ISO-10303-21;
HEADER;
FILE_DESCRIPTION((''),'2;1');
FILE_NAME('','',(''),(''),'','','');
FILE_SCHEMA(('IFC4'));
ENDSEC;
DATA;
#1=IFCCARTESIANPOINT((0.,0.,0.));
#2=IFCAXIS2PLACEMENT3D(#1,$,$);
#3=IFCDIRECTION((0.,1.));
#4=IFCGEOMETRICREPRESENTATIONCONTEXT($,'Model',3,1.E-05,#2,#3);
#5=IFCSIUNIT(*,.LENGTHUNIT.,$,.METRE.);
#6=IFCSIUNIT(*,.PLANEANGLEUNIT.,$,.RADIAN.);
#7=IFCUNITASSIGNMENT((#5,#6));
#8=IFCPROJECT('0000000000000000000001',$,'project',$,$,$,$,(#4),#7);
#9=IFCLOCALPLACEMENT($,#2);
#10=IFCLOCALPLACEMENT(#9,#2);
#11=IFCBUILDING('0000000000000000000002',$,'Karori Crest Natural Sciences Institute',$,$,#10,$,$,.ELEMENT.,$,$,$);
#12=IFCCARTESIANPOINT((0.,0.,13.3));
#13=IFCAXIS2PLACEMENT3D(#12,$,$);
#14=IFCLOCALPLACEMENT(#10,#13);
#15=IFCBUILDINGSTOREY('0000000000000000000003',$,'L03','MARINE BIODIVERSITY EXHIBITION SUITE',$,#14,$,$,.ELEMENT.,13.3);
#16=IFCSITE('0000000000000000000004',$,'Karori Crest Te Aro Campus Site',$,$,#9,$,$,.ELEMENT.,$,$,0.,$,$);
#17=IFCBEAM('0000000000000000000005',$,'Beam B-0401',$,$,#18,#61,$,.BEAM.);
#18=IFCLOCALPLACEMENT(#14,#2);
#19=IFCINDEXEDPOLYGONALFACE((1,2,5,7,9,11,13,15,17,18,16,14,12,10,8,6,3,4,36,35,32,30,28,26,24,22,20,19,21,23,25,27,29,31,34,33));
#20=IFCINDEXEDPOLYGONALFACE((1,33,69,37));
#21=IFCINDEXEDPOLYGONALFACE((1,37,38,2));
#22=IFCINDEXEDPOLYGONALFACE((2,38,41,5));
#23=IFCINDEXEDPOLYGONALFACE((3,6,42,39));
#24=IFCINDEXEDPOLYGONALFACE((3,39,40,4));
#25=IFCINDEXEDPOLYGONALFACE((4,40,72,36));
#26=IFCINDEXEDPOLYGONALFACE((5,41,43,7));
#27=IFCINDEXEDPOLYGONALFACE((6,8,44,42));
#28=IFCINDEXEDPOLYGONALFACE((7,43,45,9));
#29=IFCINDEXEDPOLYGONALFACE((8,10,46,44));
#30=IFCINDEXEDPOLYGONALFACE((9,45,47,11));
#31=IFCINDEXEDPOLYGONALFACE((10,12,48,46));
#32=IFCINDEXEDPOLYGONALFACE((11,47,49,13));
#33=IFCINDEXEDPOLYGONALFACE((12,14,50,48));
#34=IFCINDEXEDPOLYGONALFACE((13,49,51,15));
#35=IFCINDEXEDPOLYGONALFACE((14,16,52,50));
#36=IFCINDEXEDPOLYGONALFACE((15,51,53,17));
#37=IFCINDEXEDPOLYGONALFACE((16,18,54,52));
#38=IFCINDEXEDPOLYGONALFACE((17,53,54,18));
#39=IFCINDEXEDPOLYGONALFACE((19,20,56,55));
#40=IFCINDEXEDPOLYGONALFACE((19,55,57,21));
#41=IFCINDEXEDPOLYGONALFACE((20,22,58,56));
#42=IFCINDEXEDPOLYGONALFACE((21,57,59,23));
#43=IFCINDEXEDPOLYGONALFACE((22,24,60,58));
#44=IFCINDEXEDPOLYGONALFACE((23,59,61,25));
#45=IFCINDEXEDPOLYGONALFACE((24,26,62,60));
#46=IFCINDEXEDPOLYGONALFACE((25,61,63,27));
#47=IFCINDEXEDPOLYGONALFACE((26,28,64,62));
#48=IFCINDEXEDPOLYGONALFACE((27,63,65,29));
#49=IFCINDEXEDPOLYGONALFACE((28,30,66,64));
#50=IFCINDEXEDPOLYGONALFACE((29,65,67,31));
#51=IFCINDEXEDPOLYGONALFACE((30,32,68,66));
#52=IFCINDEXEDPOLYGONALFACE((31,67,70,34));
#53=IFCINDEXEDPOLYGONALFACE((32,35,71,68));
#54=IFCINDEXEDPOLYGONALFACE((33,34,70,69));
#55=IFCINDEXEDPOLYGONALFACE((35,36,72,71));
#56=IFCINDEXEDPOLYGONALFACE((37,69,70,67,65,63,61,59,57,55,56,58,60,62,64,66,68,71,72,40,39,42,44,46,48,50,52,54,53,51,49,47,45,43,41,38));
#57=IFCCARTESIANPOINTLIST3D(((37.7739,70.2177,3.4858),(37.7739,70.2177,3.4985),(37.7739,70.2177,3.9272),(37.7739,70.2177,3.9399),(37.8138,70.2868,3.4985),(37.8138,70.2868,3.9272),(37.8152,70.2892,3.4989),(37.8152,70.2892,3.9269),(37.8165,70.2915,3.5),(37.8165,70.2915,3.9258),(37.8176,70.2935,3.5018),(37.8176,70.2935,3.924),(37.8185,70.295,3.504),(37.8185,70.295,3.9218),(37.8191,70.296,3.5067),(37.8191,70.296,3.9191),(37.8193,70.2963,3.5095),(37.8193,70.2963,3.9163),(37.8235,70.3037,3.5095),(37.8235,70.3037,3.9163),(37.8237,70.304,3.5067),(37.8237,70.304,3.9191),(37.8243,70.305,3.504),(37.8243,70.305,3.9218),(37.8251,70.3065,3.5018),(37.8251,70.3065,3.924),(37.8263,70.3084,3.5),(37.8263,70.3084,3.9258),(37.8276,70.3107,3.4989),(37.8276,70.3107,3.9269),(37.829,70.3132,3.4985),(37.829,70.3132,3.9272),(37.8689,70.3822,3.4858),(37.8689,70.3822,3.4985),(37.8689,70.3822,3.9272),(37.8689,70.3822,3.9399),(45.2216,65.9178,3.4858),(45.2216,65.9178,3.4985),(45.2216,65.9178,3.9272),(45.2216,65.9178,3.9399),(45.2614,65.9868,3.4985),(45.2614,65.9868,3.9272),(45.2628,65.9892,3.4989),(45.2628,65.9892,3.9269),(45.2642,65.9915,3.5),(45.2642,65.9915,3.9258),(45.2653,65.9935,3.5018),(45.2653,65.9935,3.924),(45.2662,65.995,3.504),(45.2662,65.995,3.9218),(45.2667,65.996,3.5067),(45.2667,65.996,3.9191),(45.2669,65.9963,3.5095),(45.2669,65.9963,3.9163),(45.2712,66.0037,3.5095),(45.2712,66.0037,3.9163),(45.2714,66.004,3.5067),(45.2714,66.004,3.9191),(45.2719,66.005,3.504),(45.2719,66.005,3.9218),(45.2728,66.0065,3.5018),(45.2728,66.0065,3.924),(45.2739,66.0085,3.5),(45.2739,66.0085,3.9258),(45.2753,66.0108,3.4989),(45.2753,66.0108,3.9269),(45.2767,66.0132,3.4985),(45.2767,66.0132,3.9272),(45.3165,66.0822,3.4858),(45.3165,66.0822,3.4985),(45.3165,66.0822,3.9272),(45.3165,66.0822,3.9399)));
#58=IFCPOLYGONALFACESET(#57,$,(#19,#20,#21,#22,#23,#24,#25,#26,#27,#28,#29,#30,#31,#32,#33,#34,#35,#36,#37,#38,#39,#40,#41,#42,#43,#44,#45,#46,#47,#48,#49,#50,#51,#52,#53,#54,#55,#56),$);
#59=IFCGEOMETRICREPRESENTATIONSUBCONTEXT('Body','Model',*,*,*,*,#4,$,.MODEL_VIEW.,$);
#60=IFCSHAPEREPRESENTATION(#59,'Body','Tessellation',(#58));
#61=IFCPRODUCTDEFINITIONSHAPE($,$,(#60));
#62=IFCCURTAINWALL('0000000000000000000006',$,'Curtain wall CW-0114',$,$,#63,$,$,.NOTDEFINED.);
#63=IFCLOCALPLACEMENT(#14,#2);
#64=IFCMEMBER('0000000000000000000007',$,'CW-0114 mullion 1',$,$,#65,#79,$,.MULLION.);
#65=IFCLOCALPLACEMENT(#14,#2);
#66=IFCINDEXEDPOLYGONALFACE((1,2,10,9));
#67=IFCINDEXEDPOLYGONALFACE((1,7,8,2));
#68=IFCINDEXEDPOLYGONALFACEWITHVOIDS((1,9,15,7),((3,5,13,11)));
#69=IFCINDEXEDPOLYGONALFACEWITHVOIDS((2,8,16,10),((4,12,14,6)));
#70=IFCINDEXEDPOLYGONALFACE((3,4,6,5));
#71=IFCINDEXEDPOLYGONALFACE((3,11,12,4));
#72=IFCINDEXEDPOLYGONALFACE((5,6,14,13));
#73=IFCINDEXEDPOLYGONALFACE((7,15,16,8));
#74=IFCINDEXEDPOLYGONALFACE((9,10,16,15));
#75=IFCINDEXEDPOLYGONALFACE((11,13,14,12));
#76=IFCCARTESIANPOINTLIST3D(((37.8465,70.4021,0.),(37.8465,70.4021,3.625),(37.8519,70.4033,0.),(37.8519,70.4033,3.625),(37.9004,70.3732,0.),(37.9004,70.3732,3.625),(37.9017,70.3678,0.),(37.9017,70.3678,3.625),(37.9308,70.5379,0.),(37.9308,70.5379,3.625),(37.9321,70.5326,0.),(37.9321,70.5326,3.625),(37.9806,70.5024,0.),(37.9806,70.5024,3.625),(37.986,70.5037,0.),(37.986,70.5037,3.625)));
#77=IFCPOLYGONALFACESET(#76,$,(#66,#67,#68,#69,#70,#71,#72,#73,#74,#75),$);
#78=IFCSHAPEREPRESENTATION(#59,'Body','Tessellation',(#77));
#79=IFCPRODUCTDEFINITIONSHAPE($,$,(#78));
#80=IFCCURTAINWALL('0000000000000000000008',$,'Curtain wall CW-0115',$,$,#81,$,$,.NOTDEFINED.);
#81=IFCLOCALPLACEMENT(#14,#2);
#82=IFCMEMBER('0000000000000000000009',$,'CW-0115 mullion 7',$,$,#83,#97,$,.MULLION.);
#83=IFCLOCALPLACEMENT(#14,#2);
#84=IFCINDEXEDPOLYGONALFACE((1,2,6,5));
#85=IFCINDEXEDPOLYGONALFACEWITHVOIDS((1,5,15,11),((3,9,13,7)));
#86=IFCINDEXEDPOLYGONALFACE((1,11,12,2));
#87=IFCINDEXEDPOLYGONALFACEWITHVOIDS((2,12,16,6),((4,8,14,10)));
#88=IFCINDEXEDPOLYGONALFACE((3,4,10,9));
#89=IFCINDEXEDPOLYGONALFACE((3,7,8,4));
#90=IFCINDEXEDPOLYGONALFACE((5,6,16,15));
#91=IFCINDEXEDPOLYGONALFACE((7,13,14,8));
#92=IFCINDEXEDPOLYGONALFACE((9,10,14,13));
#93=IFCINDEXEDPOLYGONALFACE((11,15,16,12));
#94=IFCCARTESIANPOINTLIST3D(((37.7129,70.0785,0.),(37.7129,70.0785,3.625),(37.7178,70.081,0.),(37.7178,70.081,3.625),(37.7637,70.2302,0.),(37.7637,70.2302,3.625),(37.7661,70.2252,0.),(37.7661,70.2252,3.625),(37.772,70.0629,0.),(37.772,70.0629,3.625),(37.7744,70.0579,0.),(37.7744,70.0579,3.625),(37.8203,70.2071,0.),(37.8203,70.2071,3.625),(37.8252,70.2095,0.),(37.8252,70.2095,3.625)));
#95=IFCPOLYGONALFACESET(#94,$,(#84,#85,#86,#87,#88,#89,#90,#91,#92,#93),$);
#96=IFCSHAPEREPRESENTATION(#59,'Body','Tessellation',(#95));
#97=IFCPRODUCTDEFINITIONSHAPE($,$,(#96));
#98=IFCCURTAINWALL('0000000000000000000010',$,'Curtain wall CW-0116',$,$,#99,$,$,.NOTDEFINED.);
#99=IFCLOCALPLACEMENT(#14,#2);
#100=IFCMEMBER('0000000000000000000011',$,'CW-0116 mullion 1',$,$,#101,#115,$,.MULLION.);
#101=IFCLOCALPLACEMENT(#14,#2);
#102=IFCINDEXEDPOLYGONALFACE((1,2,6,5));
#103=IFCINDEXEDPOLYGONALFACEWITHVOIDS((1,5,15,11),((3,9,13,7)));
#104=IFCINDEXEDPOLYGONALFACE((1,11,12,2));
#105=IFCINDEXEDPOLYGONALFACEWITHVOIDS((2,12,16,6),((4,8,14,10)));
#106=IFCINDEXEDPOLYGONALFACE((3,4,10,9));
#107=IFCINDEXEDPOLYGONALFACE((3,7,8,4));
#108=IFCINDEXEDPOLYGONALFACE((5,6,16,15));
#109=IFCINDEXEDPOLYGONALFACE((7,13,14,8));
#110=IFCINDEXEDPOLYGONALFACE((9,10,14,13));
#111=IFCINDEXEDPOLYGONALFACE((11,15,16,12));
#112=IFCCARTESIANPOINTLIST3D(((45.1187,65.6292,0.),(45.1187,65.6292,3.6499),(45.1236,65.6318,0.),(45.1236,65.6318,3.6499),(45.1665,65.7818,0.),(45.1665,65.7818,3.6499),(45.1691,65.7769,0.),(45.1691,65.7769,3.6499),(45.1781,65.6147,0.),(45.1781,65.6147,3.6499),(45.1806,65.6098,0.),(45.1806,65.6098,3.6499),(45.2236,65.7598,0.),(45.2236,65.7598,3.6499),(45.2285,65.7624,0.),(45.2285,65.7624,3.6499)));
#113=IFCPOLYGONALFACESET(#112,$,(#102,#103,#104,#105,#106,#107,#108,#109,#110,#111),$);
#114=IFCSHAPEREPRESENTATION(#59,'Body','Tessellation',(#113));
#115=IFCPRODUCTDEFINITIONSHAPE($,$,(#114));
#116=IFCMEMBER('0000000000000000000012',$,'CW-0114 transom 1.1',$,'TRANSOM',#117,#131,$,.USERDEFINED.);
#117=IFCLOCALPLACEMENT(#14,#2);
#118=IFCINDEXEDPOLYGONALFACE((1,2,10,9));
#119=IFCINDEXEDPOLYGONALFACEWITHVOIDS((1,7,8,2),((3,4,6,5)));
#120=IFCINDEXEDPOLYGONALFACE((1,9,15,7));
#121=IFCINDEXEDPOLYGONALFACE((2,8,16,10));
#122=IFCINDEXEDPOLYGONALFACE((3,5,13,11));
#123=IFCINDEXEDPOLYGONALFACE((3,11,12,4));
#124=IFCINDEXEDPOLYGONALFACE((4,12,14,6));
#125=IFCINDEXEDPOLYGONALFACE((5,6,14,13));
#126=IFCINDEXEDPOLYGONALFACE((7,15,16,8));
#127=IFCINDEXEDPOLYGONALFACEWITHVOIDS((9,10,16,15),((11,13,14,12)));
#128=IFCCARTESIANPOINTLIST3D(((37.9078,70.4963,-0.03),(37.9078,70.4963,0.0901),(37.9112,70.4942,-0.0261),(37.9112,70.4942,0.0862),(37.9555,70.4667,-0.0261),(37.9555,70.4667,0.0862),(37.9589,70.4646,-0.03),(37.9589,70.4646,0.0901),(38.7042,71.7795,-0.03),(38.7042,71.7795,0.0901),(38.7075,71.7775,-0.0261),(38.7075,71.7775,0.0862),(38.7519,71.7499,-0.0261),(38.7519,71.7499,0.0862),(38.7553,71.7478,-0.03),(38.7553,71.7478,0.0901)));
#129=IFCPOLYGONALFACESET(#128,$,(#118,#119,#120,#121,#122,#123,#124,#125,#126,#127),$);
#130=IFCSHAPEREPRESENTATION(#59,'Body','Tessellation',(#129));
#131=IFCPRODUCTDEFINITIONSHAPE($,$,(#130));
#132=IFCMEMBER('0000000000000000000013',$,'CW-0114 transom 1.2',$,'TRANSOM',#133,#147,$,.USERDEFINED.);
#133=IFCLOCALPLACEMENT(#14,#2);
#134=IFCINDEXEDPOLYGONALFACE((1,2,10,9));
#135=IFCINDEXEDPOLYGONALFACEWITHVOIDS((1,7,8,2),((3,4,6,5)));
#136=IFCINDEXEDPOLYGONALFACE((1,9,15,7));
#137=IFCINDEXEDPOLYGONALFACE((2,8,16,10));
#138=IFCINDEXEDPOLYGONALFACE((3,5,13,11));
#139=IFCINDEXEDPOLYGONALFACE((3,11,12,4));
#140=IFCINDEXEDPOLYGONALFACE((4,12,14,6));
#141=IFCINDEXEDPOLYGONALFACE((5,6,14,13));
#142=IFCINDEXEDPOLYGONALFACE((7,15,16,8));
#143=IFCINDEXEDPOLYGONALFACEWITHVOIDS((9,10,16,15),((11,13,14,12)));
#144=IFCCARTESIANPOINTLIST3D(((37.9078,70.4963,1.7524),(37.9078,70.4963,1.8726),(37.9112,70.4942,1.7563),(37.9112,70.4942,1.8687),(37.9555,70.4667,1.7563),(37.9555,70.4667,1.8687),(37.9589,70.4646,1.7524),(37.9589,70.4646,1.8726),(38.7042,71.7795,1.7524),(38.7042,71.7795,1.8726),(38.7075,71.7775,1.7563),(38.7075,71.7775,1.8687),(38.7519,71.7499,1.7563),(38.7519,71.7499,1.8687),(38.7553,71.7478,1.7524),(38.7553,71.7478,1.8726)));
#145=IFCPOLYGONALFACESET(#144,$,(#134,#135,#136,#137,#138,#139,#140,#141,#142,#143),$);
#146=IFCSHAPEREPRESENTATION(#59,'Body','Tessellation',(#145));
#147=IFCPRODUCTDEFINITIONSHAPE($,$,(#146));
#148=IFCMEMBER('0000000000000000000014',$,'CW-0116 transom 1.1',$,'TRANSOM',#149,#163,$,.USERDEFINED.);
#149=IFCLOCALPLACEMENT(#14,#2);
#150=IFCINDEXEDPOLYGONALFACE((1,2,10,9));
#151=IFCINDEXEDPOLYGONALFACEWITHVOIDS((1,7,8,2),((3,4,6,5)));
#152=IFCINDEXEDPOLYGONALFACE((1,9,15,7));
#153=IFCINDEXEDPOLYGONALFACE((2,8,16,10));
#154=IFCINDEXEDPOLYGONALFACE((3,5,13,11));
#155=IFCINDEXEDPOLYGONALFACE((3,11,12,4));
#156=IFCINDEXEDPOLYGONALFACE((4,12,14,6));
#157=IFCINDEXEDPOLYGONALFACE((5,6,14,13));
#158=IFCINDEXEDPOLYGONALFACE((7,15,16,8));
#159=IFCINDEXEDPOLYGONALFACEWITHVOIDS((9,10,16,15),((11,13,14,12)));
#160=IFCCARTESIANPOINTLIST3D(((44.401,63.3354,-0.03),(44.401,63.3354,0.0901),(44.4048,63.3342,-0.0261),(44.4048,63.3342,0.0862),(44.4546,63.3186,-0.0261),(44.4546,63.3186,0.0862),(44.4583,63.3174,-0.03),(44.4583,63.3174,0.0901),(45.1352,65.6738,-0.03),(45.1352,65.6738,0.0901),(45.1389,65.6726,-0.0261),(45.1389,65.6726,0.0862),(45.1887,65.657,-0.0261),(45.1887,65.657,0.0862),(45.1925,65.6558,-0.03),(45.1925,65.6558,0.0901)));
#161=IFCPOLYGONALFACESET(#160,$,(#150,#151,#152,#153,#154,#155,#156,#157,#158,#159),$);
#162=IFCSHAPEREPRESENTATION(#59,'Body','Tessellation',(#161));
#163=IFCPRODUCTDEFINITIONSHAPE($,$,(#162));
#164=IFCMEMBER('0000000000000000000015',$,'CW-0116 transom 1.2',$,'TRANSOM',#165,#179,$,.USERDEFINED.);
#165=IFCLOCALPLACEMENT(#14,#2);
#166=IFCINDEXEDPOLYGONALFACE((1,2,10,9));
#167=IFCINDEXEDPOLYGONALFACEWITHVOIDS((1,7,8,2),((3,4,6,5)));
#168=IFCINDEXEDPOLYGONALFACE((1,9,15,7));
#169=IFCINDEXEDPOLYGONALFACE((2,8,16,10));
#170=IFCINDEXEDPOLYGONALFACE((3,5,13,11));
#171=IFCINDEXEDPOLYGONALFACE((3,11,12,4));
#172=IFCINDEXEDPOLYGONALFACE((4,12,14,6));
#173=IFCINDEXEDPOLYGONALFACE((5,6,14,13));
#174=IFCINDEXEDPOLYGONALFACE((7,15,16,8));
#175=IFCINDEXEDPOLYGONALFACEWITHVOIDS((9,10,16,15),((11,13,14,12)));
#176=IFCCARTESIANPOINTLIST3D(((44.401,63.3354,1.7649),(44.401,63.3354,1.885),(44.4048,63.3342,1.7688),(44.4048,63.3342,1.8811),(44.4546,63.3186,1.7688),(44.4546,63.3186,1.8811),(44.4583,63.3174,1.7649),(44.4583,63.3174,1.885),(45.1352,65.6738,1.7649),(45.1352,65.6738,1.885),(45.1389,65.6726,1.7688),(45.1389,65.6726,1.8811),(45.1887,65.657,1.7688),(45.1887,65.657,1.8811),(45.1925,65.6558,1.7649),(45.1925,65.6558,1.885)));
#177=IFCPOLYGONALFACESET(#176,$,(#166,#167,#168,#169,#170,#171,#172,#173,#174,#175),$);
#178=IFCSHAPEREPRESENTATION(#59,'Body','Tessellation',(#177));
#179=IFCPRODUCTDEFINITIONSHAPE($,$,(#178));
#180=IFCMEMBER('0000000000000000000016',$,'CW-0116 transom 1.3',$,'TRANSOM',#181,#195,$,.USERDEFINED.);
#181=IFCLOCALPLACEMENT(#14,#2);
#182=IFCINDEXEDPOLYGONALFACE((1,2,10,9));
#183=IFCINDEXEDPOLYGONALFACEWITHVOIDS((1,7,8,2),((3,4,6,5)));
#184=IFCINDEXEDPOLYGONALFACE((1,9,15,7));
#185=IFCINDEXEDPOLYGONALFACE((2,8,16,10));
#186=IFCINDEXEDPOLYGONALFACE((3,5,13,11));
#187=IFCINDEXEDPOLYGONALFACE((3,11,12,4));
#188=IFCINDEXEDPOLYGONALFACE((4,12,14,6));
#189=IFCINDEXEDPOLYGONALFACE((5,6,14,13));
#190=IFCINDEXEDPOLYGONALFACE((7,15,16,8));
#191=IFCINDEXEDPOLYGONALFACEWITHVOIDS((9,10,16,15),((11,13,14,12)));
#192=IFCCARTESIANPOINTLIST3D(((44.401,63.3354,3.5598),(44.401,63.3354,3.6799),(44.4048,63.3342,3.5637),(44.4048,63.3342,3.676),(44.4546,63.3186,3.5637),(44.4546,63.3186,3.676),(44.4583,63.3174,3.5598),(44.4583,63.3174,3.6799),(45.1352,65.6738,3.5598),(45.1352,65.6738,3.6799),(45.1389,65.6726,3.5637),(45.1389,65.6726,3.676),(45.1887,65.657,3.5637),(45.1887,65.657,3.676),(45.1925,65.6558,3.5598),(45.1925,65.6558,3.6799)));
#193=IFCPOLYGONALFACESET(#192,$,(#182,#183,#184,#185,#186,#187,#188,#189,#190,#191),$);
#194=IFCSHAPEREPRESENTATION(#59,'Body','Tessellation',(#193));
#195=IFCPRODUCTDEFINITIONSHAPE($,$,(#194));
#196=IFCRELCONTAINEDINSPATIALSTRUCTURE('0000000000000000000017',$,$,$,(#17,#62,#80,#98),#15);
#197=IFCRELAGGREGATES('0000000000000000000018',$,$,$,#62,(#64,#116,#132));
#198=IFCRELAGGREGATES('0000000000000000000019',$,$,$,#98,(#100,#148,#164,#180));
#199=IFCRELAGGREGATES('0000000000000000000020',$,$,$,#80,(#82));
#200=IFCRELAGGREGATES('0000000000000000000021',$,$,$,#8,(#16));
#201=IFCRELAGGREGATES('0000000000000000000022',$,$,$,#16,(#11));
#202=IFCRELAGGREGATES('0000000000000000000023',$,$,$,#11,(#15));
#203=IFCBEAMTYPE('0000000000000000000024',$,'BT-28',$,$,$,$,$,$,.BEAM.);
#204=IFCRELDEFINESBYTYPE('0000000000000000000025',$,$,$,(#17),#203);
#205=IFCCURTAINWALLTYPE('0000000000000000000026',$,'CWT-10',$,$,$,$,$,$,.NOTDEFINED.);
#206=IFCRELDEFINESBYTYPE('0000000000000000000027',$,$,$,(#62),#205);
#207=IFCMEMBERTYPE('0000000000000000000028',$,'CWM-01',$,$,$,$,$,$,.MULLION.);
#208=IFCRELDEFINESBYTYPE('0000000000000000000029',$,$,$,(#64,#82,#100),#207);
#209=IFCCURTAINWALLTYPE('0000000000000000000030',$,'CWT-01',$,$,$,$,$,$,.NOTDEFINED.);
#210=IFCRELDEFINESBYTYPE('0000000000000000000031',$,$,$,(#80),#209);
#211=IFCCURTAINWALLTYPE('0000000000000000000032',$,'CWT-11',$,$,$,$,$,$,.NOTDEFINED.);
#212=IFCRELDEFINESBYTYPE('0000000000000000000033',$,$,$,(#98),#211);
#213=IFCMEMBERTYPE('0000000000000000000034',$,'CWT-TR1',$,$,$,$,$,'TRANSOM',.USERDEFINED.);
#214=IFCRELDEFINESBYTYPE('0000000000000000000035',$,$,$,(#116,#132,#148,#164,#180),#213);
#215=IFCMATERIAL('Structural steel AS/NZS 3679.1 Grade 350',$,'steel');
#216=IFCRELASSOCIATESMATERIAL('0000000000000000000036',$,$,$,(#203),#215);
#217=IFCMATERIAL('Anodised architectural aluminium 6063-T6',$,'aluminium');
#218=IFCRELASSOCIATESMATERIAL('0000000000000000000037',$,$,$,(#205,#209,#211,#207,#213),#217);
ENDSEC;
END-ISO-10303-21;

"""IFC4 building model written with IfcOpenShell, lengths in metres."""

from ifc_helpers import new_model, si_unit, direction, frame, origin, origin_2d, place, context, subcontext, project, spatial, hollow_rectangle, i_section, extrude, material, material_profile, profile_set, type_object, element, aggregate, save


model = new_model("IFC4")

# Units and contexts
model_context = context("Model", 3, precision=1e-05, world=origin(), true_north=direction((0.0, 1.0)))
body_context = subcontext(model_context, "Body", "Model", "MODEL_VIEW")
ifc_project = project(units=[si_unit("LENGTHUNIT", "METRE"), si_unit("PLANEANGLEUNIT", "RADIAN")], contexts=[model_context])

# Site, building, storey
site_placement = place(None, origin())
site = spatial("IfcSite", under=ifc_project, at=site_placement, Name="Karori Crest Te Aro Campus Site", CompositionType="ELEMENT", RefElevation=0.0)
building_placement = place(site_placement, origin())
building = spatial("IfcBuilding", under=site, at=building_placement, Name="Karori Crest Natural Sciences Institute", CompositionType="ELEMENT")
storey_placement = place(building_placement, frame((0.0, 0.0, 13.3)))
storey = spatial("IfcBuildingStorey", under=building, at=storey_placement, Name="L03", Description="MARINE BIODIVERSITY EXHIBITION SUITE", CompositionType="ELEMENT", Elevation=13.3)

# Shared definitions
ifc_material_1 = material(Name="Structural steel AS/NZS 3679.1 Grade 350", Category="steel")

# Beam
ifc_material_profile_1 = material_profile(ifc_material_1, i_section(OverallWidth=0.1899, OverallDepth=0.4541, WebThickness=0.0085, FlangeThickness=0.0127, FilletRadius=0.011, at=origin_2d()), Name="460UB67.1")
ifc_profile_set_1 = profile_set([ifc_material_profile_1], Name="Structural steel AS/NZS 3679.1 Grade 350")
beam_type_1 = type_object("IfcBeamType", Name="BT-28", PredefinedType="BEAM", material=ifc_profile_set_1)
beam_1_placement = place(storey_placement, frame((45.269, 66.0, 3.7129), z_axis=(-0.866021, 0.500008, 0.0), x_axis=(-0.500008, -0.866021, 0.0)))
element("IfcBeam", 1, at=beam_1_placement, inside=storey, type_object=beam_type_1, Name="Beam B-0401", PredefinedType="BEAM", context=body_context, shape_type="SweptSolid", body=[
    extrude(i_section(OverallWidth=0.1899, OverallDepth=0.4541, WebThickness=0.0085, FlangeThickness=0.0127, FilletRadius=0.011, at=origin_2d()), origin(), (0.0, 0.0, 1.0), 8.5999),
])

# Curtain walls, members
ifc_material_2 = material(Name="Anodised architectural aluminium 6063-T6", Category="aluminium")
curtain_wall_type_1 = type_object("IfcCurtainWallType", Name="CWT-10", PredefinedType="NOTDEFINED", material=ifc_material_2)
curtain_wall_1_placement = place(storey_placement, origin())
curtain_wall_1 = element("IfcCurtainWall", 2, at=curtain_wall_1_placement, inside=storey, type_object=curtain_wall_type_1, Name="Curtain wall CW-0114", PredefinedType="NOTDEFINED")
ifc_material_profile_2 = material_profile(ifc_material_2, hollow_rectangle(XDim=0.0649, YDim=0.1599, WallThickness=0.0039, at=origin_2d()), Name="CWM160x65x4")
ifc_profile_set_2 = profile_set([ifc_material_profile_2], Name="Anodised architectural aluminium 6063-T6")
member_type_1 = type_object("IfcMemberType", Name="CWM-01", PredefinedType="MULLION", material=ifc_profile_set_2)
member_1_placement = place(storey_placement, frame((37.9163, 70.4529, 0.0), z_axis=(0.0, 0.0, 1.0), x_axis=(-0.849664, 0.527324, 0.0)))
member_1 = element("IfcMember", 3, at=member_1_placement, type_object=member_type_1, Name="CW-0114 mullion 1", PredefinedType="MULLION", context=body_context, shape_type="SweptSolid", body=[
    extrude(hollow_rectangle(XDim=0.0649, YDim=0.1599, WallThickness=0.0039, at=origin_2d()), origin(), (0.0, 0.0, 1.0), 3.625),
])
curtain_wall_type_2 = type_object("IfcCurtainWallType", Name="CWT-01", PredefinedType="NOTDEFINED", material=ifc_material_2)
curtain_wall_2_placement = place(storey_placement, origin())
curtain_wall_2 = element("IfcCurtainWall", 4, at=curtain_wall_2_placement, inside=storey, type_object=curtain_wall_type_2, Name="Curtain wall CW-0115", PredefinedType="NOTDEFINED")
member_2_placement = place(storey_placement, frame((37.769, 70.144, 0.0), z_axis=(0.0, 0.0, 1.0), x_axis=(-0.948198, 0.31768, 0.0)))
member_2 = element("IfcMember", 5, at=member_2_placement, type_object=member_type_1, Name="CW-0115 mullion 7", PredefinedType="MULLION", context=body_context, shape_type="SweptSolid", body=[
    extrude(hollow_rectangle(XDim=0.0649, YDim=0.1599, WallThickness=0.0039, at=origin_2d()), origin(), (0.0, 0.0, 1.0), 3.625),
])
curtain_wall_type_3 = type_object("IfcCurtainWallType", Name="CWT-11", PredefinedType="NOTDEFINED", material=ifc_material_2)
curtain_wall_3_placement = place(storey_placement, origin())
curtain_wall_3 = element("IfcCurtainWall", 6, at=curtain_wall_3_placement, inside=storey, type_object=curtain_wall_type_3, Name="Curtain wall CW-0116", PredefinedType="NOTDEFINED")
member_3_placement = place(storey_placement, frame((45.1736, 65.6958, 0.0), z_axis=(0.0, 0.0, 1.0), x_axis=(0.954104, -0.299475, 0.0)))
member_3 = element("IfcMember", 7, at=member_3_placement, type_object=member_type_1, Name="CW-0116 mullion 1", PredefinedType="MULLION", context=body_context, shape_type="SweptSolid", body=[
    extrude(hollow_rectangle(XDim=0.0649, YDim=0.1599, WallThickness=0.0039, at=origin_2d()), origin(), (0.0, 0.0, 1.0), 3.6499),
])

# Members
ifc_material_profile_3 = material_profile(ifc_material_2, hollow_rectangle(XDim=0.0601, YDim=0.1201, WallThickness=0.0039, at=origin_2d()), Name="CWT120x60x4")
ifc_profile_set_3 = profile_set([ifc_material_profile_3], Name="Anodised architectural aluminium 6063-T6")
member_type_2 = type_object("IfcMemberType", Name="CWT-TR1", ElementType="TRANSOM", PredefinedType="USERDEFINED", material=ifc_profile_set_3)
member_4_placement = place(storey_placement, frame((37.9333, 70.4805, 0.03), z_axis=(0.527323, 0.849665, 0.0), x_axis=(-0.849665, 0.527323, 0.0)))
member_4 = element("IfcMember", 8, at=member_4_placement, type_object=member_type_2, Name="CW-0114 transom 1.1", ObjectType="TRANSOM", PredefinedType="USERDEFINED", context=body_context, shape_type="SweptSolid", body=[
    extrude(hollow_rectangle(XDim=0.0601, YDim=0.1201, WallThickness=0.0039, at=origin_2d()), origin(), (0.0, 0.0, 1.0), 1.5103),
])
member_5_placement = place(storey_placement, frame((37.9333, 70.4805, 1.8125), z_axis=(0.527323, 0.849665, 0.0), x_axis=(-0.849665, 0.527323, 0.0)))
member_5 = element("IfcMember", 9, at=member_5_placement, type_object=member_type_2, Name="CW-0114 transom 1.2", ObjectType="TRANSOM", PredefinedType="USERDEFINED", context=body_context, shape_type="SweptSolid", body=[
    extrude(hollow_rectangle(XDim=0.0601, YDim=0.1201, WallThickness=0.0039, at=origin_2d()), origin(), (0.0, 0.0, 1.0), 1.5103),
])
aggregate(curtain_wall_1, [member_1, member_4, member_5])
member_6_placement = place(storey_placement, frame((45.1638, 65.6648, 0.03), z_axis=(-0.299534, -0.954086, 0.0), x_axis=(0.954086, -0.299534, 0.0)))
member_6 = element("IfcMember", 10, at=member_6_placement, type_object=member_type_2, Name="CW-0116 transom 1.1", ObjectType="TRANSOM", PredefinedType="USERDEFINED", context=body_context, shape_type="SweptSolid", body=[
    extrude(hollow_rectangle(XDim=0.0601, YDim=0.1201, WallThickness=0.0039, at=origin_2d()), origin(), (0.0, 0.0, 1.0), 2.4509),
])
member_7_placement = place(storey_placement, frame((45.1638, 65.6648, 1.825), z_axis=(-0.299534, -0.954086, 0.0), x_axis=(0.954086, -0.299534, 0.0)))
member_7 = element("IfcMember", 11, at=member_7_placement, type_object=member_type_2, Name="CW-0116 transom 1.2", ObjectType="TRANSOM", PredefinedType="USERDEFINED", context=body_context, shape_type="SweptSolid", body=[
    extrude(hollow_rectangle(XDim=0.0601, YDim=0.1201, WallThickness=0.0039, at=origin_2d()), origin(), (0.0, 0.0, 1.0), 2.4509),
])
member_8_placement = place(storey_placement, frame((45.1638, 65.6648, 3.6199), z_axis=(-0.299534, -0.954086, 0.0), x_axis=(0.954086, -0.299534, 0.0)))
member_8 = element("IfcMember", 12, at=member_8_placement, type_object=member_type_2, Name="CW-0116 transom 1.3", ObjectType="TRANSOM", PredefinedType="USERDEFINED", context=body_context, shape_type="SweptSolid", body=[
    extrude(hollow_rectangle(XDim=0.0601, YDim=0.1201, WallThickness=0.0039, at=origin_2d()), origin(), (0.0, 0.0, 1.0), 2.4509),
])

aggregate(curtain_wall_3, [member_3, member_6, member_7, member_8])
aggregate(curtain_wall_2, [member_2])

save(model, "model.ifc")
